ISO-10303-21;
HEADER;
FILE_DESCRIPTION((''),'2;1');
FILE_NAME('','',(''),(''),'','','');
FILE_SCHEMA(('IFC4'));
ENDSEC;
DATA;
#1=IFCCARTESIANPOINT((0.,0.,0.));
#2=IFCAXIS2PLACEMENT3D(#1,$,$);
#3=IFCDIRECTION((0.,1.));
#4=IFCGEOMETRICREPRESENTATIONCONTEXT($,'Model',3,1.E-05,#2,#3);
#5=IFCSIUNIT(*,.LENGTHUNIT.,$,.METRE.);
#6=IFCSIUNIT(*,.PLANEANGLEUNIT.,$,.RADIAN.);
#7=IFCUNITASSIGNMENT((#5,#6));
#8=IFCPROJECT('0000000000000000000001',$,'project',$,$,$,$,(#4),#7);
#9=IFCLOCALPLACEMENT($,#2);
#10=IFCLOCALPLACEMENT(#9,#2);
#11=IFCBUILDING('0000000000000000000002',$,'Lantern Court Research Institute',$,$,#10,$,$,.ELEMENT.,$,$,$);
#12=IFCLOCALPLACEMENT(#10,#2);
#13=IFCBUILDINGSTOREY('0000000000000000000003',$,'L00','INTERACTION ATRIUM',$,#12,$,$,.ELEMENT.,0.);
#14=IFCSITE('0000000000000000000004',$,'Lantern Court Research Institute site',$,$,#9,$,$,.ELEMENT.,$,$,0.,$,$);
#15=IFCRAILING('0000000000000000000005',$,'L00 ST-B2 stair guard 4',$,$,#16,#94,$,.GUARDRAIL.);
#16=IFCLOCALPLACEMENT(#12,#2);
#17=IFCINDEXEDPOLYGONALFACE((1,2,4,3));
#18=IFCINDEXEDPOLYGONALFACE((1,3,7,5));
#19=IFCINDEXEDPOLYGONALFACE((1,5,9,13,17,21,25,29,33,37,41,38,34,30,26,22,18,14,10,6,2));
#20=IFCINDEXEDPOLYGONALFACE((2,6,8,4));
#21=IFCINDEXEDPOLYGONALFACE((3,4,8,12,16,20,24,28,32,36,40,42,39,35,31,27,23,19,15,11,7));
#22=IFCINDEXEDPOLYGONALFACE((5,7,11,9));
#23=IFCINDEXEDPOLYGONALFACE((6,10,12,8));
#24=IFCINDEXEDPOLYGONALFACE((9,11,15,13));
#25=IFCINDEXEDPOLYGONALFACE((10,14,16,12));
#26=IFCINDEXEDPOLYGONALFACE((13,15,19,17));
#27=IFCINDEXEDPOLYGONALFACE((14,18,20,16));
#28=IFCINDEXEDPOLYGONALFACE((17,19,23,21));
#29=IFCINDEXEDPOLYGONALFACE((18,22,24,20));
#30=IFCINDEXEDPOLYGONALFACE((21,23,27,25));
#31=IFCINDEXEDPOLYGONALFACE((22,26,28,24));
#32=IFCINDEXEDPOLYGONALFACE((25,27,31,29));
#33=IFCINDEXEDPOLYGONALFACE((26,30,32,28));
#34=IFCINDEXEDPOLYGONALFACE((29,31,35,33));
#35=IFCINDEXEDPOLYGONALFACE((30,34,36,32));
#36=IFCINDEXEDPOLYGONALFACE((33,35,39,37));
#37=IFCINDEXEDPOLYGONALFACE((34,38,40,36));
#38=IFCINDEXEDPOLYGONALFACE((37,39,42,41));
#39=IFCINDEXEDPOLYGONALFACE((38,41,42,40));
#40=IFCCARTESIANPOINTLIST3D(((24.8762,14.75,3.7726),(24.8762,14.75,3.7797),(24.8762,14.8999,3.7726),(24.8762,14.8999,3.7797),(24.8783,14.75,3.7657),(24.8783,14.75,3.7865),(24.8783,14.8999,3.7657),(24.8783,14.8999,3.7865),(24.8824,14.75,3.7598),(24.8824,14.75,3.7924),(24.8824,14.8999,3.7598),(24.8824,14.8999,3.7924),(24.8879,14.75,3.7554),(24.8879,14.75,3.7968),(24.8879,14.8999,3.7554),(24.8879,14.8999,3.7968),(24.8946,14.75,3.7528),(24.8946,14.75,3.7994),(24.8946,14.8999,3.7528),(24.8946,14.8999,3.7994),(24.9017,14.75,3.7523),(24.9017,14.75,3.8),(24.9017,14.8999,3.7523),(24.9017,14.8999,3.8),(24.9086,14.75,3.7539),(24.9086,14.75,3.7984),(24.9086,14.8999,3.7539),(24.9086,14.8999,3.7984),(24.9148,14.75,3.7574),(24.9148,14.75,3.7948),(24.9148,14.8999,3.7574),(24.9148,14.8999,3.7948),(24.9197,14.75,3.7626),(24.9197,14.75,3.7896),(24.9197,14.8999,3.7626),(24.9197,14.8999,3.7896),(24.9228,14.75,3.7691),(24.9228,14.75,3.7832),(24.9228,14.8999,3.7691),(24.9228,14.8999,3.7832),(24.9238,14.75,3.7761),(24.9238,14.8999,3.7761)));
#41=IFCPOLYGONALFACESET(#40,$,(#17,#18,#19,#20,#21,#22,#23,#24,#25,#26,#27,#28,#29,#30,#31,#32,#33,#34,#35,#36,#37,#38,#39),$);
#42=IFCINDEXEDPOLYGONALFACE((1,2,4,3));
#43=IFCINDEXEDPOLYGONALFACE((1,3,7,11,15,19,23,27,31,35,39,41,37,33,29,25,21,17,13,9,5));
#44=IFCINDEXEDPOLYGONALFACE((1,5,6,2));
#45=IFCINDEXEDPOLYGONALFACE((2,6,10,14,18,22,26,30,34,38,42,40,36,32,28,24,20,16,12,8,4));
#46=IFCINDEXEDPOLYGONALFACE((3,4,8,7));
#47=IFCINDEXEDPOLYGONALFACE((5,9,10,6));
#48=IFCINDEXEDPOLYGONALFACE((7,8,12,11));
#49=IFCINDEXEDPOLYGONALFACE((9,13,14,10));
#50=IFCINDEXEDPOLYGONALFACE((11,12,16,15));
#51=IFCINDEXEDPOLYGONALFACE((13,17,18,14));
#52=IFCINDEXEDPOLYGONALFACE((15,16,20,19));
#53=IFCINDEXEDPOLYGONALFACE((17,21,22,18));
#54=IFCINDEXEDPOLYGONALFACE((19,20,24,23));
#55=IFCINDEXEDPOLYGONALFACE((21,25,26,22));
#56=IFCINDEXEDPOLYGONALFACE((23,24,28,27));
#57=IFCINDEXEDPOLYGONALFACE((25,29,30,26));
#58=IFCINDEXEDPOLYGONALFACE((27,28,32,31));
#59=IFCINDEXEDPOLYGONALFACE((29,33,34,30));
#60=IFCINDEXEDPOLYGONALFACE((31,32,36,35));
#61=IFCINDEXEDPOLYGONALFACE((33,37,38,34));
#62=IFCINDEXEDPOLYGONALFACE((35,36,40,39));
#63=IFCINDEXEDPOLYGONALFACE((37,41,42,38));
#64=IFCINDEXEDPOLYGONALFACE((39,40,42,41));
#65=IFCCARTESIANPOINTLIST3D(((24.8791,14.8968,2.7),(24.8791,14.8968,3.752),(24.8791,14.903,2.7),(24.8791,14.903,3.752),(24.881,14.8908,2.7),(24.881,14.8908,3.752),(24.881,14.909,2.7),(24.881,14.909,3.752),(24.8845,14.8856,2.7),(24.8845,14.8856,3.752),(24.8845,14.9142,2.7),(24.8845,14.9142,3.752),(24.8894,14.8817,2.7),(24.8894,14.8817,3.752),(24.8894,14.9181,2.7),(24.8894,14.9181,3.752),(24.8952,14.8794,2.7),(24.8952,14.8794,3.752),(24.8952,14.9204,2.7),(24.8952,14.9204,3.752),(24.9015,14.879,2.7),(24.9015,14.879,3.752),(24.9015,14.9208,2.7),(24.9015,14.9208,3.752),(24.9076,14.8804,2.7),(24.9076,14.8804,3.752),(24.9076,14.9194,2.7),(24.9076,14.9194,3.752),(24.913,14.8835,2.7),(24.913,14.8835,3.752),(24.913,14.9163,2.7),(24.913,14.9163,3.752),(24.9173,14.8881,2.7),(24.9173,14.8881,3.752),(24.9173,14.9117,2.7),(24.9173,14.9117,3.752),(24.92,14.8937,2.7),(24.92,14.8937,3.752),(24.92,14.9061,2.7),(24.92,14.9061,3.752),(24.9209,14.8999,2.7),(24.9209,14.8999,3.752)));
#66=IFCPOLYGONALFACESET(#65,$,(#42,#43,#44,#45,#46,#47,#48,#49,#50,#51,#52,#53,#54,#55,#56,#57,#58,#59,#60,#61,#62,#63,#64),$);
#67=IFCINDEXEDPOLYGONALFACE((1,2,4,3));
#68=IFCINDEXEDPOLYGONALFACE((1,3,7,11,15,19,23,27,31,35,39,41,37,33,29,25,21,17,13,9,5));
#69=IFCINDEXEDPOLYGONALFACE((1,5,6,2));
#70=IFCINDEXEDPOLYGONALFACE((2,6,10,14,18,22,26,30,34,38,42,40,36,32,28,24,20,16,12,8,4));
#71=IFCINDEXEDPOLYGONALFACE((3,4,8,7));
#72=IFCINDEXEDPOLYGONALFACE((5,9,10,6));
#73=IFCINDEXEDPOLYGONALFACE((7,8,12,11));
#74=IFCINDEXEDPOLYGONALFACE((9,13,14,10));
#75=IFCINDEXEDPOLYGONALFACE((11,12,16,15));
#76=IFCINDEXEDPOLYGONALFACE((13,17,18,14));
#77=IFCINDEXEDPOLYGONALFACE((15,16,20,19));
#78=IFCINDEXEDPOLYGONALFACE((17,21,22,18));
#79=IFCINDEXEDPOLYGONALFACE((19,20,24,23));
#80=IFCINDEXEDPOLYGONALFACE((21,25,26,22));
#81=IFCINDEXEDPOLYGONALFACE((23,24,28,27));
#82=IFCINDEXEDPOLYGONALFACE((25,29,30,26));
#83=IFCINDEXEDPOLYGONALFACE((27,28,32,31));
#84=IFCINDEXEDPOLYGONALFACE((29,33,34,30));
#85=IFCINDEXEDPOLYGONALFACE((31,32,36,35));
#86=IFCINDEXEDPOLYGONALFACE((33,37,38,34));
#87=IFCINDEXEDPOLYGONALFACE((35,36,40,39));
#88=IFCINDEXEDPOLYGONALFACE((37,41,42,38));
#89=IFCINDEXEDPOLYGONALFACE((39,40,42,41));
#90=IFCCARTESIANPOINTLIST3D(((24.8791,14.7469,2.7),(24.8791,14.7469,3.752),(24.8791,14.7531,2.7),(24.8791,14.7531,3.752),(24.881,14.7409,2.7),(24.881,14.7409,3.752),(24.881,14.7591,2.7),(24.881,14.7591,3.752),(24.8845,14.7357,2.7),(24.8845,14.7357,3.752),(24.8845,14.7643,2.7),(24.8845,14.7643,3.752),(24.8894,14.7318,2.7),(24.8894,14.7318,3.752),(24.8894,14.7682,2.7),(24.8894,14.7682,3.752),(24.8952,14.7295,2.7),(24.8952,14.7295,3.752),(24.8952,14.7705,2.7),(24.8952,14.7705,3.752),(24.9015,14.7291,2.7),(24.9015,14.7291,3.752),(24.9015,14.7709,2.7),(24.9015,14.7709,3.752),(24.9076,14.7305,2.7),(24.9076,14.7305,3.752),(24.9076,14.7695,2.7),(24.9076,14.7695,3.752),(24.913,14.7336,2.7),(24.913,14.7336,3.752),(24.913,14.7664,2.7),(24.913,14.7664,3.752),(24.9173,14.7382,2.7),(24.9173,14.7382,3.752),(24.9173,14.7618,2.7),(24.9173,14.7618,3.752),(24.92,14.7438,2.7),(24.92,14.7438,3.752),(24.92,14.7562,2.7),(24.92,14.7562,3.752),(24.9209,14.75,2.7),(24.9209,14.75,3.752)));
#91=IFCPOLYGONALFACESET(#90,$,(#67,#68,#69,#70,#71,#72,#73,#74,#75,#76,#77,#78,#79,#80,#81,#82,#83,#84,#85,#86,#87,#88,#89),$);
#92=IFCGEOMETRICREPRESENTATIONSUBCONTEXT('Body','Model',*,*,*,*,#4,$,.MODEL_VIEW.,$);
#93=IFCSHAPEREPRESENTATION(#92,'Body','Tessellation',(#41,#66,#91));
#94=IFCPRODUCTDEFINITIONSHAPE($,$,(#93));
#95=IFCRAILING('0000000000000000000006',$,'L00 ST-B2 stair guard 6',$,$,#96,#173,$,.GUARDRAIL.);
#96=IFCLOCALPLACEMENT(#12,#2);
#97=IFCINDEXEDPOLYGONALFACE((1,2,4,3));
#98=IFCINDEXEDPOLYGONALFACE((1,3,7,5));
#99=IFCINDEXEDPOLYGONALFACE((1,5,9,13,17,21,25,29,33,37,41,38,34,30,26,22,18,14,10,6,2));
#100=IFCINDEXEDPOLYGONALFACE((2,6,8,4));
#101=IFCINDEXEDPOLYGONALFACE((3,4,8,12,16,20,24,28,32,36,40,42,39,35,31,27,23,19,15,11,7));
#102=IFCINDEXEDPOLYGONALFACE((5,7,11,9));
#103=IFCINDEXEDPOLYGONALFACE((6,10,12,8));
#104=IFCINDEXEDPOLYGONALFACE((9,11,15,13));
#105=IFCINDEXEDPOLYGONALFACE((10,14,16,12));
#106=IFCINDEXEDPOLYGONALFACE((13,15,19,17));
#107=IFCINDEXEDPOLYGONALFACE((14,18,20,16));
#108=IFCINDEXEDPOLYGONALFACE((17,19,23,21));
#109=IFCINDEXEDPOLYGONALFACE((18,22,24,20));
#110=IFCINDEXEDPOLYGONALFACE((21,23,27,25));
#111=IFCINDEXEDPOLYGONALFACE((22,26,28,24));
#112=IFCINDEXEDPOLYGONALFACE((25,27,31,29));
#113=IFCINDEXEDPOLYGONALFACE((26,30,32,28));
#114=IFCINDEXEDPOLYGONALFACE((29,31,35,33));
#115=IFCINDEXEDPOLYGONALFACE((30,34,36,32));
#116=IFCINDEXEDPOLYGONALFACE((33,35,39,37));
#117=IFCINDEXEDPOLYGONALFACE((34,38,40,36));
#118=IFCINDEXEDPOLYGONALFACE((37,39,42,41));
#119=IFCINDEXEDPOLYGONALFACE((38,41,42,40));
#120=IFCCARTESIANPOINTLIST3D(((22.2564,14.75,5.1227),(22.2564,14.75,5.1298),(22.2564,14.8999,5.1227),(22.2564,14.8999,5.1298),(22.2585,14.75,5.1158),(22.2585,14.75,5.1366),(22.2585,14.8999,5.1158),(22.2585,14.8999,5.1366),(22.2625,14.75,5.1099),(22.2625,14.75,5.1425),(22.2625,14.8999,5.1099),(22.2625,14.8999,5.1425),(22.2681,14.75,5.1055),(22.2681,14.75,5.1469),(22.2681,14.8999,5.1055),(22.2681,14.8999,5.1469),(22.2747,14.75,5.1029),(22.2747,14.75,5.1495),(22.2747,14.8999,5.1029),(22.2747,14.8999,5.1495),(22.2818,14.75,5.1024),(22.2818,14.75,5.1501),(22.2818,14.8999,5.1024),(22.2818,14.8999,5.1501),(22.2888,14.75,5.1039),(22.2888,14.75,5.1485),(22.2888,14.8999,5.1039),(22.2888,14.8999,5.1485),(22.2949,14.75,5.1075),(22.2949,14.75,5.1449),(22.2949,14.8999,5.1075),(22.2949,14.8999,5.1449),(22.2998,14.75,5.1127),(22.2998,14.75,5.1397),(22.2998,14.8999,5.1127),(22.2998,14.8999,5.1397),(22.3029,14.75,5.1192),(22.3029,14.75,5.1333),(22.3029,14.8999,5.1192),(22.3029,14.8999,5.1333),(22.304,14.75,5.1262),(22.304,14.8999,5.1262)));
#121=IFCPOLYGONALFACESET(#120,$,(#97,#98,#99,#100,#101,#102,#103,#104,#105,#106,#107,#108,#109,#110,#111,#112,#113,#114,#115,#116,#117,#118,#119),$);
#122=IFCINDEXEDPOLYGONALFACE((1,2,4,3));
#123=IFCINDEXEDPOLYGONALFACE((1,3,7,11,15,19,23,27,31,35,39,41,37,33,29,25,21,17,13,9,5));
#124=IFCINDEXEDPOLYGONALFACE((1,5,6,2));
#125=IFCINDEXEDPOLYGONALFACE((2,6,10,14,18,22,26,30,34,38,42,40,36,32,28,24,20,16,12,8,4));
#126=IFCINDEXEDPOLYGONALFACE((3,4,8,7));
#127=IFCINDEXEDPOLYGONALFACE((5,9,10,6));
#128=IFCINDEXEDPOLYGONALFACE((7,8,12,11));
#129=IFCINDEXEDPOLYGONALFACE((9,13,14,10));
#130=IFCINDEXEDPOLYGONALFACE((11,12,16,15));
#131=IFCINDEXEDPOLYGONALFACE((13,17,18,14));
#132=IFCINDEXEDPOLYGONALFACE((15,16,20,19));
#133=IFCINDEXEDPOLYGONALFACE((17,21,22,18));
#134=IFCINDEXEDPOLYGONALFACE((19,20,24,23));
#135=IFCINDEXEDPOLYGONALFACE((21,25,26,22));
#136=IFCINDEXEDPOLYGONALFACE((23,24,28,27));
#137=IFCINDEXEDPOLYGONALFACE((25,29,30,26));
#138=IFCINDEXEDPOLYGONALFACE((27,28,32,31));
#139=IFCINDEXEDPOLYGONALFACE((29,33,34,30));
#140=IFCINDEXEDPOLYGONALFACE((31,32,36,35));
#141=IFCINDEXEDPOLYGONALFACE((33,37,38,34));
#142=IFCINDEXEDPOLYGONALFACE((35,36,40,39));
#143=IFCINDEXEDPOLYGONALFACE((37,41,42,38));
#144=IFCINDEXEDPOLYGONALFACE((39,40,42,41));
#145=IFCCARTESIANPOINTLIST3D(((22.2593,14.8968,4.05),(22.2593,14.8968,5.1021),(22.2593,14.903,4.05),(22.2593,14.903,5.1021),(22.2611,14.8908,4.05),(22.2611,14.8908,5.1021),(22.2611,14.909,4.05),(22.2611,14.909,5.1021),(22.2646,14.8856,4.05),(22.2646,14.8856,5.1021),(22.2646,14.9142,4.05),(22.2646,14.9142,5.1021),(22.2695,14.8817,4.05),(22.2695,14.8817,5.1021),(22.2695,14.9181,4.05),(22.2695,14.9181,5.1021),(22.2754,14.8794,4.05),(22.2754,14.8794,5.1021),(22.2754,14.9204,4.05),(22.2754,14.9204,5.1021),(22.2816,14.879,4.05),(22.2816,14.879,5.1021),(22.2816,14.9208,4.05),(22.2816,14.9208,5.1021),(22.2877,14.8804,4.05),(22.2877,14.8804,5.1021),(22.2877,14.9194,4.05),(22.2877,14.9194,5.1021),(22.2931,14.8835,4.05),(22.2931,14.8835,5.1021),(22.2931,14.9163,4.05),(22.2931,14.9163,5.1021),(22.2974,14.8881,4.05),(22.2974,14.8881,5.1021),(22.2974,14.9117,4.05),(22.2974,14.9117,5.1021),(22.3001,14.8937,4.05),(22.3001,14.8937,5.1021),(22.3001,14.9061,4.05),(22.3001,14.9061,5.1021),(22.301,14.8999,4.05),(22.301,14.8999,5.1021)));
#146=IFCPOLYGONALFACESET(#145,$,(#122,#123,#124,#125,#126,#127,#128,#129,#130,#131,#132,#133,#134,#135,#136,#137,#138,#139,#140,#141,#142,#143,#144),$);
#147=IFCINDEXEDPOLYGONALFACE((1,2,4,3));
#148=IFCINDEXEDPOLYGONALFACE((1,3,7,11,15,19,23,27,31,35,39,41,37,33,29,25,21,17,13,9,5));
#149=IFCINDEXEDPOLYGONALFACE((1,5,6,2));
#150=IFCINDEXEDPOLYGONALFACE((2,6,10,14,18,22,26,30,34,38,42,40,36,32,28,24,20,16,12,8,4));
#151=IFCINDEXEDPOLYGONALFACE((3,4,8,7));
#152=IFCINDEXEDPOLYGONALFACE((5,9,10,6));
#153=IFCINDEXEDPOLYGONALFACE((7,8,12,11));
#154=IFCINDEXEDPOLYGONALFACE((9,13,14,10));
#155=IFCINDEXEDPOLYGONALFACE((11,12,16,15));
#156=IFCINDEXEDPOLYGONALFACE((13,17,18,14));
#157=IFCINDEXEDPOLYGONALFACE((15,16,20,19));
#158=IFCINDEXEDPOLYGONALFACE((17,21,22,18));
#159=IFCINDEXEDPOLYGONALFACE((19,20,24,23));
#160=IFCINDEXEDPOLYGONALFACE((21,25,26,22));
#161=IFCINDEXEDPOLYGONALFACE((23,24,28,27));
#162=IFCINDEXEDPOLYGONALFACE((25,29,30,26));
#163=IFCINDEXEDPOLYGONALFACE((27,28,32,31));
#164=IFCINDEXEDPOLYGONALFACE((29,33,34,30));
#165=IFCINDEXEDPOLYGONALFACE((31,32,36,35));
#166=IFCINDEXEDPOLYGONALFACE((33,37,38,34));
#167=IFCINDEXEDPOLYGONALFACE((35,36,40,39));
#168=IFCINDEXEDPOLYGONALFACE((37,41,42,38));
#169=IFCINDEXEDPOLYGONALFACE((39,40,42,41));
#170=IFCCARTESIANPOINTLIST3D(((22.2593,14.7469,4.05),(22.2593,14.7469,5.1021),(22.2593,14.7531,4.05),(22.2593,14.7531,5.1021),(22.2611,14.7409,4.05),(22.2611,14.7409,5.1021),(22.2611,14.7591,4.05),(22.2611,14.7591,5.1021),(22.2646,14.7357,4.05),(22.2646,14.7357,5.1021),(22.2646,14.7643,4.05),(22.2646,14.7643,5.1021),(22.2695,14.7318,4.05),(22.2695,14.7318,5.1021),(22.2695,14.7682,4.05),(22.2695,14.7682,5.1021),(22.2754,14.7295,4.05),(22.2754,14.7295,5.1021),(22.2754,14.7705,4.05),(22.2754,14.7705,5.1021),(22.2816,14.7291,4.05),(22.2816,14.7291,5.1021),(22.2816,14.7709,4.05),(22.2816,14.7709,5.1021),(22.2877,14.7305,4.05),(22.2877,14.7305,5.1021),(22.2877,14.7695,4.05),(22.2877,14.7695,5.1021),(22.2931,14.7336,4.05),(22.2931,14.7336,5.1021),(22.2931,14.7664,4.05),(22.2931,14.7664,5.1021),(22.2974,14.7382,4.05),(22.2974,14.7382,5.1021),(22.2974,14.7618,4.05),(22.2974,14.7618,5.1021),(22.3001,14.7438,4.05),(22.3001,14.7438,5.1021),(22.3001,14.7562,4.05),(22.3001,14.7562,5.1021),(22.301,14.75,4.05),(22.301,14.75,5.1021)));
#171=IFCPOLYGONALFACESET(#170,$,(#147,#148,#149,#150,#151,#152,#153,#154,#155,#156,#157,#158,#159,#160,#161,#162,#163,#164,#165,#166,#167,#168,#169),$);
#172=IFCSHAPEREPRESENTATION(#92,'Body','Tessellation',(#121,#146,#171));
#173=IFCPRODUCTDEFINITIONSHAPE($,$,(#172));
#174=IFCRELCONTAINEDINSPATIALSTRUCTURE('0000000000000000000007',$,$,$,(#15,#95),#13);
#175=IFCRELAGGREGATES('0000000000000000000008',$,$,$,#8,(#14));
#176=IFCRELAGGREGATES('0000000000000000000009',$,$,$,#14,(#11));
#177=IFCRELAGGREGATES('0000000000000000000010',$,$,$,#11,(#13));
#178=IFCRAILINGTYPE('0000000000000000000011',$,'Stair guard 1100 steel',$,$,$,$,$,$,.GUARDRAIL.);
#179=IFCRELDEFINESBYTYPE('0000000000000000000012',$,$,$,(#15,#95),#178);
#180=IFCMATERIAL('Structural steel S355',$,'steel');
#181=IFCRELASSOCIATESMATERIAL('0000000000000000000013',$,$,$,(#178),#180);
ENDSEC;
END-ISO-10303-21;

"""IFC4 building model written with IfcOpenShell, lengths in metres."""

from ifc_helpers import new_model, si_unit, direction, frame, origin, origin_2d, place, context, subcontext, project, spatial, circle, extrude, material, type_object, element, save


model = new_model("IFC4")

# Units and contexts
model_context = context("Model", 3, precision=1e-05, world=origin(), true_north=direction((0.0, 1.0)))
body_context = subcontext(model_context, "Body", "Model", "MODEL_VIEW")
ifc_project = project(units=[si_unit("LENGTHUNIT", "METRE"), si_unit("PLANEANGLEUNIT", "RADIAN")], contexts=[model_context])

# Site, building, storey
site_placement = place(None, origin())
site = spatial("IfcSite", under=ifc_project, at=site_placement, Name="Lantern Court Research Institute site", CompositionType="ELEMENT", RefElevation=0.0)
building_placement = place(site_placement, origin())
building = spatial("IfcBuilding", under=site, at=building_placement, Name="Lantern Court Research Institute", CompositionType="ELEMENT")
storey_placement = place(building_placement, origin())
storey = spatial("IfcBuildingStorey", under=building, at=storey_placement, Name="L00", Description="INTERACTION ATRIUM", CompositionType="ELEMENT", Elevation=0.0)

# Railings
ifc_material_1 = material(Name="Structural steel S355", Category="steel")
railing_type_1 = type_object("IfcRailingType", Name="Stair guard 1100 steel", PredefinedType="GUARDRAIL", material=ifc_material_1)
for number, where, name in (
    (1, (24.8999, 14.8999, 2.7), "L00 ST-B2 stair guard 4"),
    (2, (22.28, 14.8999, 4.05), "L00 ST-B2 stair guard 6"),
):
    element("IfcRailing", number, at=place(storey_placement, frame(where)), inside=storey, type_object=railing_type_1, Name=name, PredefinedType="GUARDRAIL", context=body_context, shape_type="SweptSolid", body=[
        extrude(circle(Radius=0.0239, at=origin_2d()), frame((0.0, 0.0, 1.0762), z_axis=(0.0, -1.0, 0.0), x_axis=(1.0, 0.0, 0.0)), (0.0, 0.0, 1.0), 0.1499),
        extrude(circle(Radius=0.021, at=origin_2d()), origin(), (0.0, 0.0, 1.0), 1.052),
        extrude(circle(Radius=0.021, at=origin_2d()), frame((0.0, -0.1499, 0.0)), (0.0, 0.0, 1.0), 1.052),
    ])

save(model, "model.ifc")
